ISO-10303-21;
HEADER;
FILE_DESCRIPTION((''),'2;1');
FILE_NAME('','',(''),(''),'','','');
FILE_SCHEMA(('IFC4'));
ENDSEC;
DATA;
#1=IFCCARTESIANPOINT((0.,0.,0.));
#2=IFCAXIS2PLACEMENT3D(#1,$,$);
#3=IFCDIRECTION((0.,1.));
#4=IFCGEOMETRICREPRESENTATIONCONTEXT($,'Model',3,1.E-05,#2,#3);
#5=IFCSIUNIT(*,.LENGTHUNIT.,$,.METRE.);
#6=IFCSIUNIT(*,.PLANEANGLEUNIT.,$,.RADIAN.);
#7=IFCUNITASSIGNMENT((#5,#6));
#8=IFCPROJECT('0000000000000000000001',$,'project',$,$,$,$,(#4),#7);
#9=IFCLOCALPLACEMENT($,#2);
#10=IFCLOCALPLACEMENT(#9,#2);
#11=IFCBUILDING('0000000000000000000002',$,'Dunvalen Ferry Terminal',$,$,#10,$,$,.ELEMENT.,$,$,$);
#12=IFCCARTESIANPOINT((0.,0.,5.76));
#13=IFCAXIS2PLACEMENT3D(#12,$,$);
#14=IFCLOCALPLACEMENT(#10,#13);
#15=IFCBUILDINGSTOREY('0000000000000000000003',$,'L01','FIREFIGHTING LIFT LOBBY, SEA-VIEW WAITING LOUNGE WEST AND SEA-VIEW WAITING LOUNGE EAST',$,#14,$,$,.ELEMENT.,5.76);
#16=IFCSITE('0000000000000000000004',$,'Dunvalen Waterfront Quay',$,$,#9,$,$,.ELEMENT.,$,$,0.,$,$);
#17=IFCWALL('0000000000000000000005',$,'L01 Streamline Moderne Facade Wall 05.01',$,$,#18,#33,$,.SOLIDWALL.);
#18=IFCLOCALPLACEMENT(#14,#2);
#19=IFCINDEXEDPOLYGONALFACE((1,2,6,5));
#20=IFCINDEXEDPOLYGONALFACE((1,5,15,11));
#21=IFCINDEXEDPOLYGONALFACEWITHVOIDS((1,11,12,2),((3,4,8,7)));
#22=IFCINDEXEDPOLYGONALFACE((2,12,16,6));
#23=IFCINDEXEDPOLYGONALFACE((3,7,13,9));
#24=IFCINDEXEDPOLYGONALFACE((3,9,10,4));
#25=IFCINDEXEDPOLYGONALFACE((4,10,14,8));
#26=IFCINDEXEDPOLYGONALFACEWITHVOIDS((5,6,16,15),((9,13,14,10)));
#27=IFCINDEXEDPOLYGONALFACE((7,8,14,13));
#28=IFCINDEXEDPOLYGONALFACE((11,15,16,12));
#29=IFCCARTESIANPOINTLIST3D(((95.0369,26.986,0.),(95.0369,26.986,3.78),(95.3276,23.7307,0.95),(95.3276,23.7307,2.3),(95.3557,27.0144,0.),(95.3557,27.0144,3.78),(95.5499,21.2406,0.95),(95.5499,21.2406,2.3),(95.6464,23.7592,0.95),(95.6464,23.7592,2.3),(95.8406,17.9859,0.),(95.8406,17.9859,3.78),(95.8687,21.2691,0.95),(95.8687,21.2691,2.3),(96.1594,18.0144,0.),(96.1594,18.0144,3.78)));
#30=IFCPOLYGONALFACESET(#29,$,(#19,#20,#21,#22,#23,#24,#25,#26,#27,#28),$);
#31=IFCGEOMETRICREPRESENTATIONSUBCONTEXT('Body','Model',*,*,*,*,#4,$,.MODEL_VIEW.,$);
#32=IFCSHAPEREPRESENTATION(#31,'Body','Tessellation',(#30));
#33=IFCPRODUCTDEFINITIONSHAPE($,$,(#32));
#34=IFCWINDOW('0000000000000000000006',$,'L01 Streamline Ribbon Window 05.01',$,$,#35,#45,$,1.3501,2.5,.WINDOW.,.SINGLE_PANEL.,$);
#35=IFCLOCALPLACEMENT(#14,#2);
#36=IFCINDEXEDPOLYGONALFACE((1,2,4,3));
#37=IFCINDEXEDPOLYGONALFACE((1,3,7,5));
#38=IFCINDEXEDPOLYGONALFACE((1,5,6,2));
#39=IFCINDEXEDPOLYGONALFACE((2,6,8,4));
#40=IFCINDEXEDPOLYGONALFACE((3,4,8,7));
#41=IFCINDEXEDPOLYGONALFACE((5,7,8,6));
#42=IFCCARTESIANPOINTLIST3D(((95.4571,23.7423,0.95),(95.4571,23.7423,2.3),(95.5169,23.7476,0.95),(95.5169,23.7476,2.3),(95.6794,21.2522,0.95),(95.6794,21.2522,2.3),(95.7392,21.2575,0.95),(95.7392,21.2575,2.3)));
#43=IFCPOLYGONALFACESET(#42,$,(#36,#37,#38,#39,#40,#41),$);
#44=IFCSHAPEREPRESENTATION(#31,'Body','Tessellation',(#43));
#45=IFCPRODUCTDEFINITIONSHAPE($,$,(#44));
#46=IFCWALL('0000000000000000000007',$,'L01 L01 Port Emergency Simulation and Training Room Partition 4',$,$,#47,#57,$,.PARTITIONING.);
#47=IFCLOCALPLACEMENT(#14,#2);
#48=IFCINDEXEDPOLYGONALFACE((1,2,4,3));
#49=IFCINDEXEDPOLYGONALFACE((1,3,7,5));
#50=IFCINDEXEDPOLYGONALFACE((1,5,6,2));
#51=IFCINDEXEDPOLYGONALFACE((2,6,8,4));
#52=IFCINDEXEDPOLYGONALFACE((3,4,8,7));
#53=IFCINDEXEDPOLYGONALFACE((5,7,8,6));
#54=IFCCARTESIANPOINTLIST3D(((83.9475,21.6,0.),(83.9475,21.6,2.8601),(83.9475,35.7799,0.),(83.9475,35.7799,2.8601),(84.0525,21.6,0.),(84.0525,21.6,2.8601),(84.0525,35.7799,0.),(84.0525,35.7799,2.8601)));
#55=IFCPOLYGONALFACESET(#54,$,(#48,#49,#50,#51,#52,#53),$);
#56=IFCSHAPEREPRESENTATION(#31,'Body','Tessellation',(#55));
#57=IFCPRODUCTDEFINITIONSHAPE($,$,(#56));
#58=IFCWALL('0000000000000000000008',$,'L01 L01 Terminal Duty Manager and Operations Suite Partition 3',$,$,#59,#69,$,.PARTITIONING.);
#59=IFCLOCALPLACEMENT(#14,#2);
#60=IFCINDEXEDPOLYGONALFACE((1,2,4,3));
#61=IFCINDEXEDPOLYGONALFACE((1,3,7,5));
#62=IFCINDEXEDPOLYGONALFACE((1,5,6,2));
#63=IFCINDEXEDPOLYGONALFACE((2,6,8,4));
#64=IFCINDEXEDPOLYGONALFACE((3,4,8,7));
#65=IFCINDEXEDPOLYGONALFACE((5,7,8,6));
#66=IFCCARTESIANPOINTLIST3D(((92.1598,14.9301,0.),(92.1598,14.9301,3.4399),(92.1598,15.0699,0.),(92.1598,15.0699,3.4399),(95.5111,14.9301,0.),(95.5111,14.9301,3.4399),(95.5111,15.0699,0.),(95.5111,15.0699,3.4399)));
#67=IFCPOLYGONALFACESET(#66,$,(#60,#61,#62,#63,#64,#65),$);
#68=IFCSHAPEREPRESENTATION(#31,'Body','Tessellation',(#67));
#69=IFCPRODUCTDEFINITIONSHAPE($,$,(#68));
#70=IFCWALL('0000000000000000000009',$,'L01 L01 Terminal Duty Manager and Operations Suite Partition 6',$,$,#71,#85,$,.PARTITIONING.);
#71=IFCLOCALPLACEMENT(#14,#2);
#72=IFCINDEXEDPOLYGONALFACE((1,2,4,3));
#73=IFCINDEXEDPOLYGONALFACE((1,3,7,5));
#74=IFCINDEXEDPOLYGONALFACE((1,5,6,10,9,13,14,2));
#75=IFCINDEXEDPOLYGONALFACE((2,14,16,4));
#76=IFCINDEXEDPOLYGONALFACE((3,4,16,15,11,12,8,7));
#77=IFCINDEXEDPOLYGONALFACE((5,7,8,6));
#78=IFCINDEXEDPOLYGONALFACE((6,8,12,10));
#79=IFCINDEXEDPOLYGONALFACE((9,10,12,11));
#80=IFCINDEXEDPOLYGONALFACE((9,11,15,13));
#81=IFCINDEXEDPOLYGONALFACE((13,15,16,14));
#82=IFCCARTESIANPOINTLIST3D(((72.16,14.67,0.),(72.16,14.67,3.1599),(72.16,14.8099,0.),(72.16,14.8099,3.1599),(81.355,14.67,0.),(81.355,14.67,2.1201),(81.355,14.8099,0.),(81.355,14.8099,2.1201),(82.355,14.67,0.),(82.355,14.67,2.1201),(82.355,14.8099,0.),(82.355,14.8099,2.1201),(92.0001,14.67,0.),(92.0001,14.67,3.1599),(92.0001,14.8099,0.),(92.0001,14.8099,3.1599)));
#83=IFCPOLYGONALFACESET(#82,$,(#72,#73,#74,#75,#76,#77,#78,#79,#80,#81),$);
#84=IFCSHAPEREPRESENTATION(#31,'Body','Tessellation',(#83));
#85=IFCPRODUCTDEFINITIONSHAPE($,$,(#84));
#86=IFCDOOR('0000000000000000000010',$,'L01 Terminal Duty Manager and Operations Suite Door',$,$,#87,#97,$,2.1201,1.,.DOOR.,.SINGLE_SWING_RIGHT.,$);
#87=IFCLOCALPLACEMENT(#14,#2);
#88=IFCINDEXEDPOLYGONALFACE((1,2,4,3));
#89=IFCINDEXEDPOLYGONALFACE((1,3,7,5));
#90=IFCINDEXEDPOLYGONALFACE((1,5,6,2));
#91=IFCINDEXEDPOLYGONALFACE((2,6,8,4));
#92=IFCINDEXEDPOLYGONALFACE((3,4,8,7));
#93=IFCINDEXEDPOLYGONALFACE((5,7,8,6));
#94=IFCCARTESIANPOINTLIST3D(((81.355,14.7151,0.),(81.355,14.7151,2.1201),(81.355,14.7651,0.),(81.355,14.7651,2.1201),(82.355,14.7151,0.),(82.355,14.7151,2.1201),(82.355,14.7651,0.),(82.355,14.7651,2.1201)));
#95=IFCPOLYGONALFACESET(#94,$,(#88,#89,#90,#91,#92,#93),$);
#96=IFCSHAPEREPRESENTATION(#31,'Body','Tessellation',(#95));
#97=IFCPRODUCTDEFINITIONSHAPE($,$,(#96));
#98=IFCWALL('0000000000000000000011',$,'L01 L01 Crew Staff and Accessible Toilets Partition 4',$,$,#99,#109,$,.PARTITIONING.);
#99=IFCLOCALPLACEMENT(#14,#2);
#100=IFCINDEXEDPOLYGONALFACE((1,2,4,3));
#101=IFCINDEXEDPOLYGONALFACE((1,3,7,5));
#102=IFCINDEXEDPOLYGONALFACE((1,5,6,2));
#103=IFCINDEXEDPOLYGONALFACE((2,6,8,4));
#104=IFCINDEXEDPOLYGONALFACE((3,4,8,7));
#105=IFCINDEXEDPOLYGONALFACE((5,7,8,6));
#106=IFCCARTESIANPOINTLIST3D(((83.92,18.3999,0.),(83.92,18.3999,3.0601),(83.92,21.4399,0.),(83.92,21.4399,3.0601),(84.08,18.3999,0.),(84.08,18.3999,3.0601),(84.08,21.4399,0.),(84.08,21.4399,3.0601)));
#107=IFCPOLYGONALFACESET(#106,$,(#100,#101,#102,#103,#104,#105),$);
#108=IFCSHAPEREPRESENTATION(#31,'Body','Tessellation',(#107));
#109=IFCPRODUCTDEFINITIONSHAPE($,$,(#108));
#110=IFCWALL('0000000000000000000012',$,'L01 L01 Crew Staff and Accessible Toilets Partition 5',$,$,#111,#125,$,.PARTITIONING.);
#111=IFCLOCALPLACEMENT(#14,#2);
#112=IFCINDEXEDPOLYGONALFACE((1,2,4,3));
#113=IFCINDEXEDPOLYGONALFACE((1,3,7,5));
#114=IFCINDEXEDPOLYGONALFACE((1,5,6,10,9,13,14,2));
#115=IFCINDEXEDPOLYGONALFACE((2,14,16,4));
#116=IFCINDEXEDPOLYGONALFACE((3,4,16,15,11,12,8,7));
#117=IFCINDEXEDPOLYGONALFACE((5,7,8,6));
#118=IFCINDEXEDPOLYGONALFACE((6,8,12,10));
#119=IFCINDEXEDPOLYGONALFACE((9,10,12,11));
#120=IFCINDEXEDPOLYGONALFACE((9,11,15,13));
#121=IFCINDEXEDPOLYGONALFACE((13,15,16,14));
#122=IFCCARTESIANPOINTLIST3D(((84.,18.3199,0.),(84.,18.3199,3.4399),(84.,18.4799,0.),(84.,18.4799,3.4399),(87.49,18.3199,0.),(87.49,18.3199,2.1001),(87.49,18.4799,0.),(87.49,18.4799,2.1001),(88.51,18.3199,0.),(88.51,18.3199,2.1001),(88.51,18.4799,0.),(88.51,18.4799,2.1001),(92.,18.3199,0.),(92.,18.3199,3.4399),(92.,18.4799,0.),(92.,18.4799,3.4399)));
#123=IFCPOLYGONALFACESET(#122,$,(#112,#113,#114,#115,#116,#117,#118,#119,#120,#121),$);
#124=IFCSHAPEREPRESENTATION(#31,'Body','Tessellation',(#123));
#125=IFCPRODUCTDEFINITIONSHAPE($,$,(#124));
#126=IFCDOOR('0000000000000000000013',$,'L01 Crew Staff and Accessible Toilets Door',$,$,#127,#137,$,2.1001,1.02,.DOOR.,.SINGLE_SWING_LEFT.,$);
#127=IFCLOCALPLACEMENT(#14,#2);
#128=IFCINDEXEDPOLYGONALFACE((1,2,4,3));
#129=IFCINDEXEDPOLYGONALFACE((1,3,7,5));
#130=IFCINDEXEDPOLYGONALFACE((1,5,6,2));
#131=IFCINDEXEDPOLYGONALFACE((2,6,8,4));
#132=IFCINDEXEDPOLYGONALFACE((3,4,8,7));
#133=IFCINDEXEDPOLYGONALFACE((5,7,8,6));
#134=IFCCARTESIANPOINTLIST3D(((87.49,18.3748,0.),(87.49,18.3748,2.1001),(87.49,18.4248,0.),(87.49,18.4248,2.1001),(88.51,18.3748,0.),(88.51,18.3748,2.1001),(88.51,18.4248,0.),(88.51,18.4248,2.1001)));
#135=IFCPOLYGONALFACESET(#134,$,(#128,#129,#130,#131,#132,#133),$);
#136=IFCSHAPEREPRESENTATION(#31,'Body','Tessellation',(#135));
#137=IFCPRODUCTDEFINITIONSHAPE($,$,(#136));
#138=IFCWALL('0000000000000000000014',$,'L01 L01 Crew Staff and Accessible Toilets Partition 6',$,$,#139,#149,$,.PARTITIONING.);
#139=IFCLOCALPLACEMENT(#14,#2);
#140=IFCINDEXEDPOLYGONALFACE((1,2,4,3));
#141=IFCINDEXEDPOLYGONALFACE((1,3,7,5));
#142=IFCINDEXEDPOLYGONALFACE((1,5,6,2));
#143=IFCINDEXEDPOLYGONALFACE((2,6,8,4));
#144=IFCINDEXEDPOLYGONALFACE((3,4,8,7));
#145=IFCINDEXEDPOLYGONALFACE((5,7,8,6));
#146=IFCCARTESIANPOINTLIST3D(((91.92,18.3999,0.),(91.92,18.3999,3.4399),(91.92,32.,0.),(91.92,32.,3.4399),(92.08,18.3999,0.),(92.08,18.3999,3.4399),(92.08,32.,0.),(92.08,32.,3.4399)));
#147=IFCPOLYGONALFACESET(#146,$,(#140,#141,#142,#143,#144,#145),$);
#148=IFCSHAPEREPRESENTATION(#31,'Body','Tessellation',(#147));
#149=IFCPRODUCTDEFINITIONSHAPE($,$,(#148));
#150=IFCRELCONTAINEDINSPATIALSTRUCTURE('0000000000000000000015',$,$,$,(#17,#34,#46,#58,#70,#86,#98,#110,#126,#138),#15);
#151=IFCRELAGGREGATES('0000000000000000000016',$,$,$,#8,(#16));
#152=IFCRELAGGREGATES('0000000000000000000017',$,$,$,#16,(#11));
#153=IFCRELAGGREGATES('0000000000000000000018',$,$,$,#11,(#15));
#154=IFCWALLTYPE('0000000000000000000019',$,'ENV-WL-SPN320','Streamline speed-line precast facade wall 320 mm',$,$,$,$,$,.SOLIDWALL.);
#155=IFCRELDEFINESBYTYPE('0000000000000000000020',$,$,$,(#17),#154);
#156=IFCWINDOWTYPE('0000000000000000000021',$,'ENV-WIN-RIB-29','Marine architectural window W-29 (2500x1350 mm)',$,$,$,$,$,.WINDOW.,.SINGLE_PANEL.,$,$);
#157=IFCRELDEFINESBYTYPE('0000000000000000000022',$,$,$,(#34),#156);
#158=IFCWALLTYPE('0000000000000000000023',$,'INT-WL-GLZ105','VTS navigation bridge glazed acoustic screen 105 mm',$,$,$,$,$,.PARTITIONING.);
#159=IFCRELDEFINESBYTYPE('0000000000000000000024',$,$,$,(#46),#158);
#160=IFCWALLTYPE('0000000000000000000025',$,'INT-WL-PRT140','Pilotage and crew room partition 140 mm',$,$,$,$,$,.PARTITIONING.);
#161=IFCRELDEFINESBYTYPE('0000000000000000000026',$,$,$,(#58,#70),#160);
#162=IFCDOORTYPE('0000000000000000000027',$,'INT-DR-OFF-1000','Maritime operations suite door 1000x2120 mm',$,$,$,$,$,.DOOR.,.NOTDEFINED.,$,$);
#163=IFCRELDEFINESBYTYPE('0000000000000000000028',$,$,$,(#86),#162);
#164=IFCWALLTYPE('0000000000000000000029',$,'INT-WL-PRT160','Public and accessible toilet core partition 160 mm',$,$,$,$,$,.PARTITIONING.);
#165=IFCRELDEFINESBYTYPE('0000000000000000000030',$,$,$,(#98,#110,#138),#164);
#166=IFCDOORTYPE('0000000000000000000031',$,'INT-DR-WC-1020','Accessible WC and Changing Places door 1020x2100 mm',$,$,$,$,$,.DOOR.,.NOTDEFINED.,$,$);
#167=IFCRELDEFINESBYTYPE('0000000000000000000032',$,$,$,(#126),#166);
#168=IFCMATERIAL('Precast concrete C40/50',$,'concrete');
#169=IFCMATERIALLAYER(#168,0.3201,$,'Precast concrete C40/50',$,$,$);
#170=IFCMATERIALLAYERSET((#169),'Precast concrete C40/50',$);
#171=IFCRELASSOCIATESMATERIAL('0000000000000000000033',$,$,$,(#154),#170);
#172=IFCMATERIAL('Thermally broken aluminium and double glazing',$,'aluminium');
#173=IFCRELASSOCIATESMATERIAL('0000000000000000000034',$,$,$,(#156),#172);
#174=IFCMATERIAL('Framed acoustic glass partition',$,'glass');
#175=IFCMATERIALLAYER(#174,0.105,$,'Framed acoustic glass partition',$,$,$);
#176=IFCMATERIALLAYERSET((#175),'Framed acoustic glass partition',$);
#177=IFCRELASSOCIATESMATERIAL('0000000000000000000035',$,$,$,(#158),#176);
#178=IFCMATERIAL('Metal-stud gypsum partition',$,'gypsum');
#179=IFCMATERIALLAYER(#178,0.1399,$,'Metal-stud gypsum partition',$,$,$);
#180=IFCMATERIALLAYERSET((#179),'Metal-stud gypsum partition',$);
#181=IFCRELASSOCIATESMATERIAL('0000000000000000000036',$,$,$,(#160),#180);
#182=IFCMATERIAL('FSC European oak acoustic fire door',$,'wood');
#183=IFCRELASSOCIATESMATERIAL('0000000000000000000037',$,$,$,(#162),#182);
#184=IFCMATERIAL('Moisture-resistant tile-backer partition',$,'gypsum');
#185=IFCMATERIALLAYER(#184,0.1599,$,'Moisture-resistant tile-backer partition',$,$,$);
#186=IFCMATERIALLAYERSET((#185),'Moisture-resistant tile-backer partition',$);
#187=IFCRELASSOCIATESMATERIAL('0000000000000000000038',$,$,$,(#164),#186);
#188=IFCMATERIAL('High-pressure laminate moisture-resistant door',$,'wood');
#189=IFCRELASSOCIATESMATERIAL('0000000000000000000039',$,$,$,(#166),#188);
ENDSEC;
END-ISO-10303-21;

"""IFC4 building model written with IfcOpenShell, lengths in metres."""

from ifc_helpers import new_model, si_unit, direction, frame, frame_2d, origin, place, context, subcontext, project, spatial, rectangle, extrude, material, layer, layer_set, type_object, element, fill, save


model = new_model("IFC4")

# Units and contexts
model_context = context("Model", 3, precision=1e-05, world=origin(), true_north=direction((0.0, 1.0)))
body_context = subcontext(model_context, "Body", "Model", "MODEL_VIEW")
ifc_project = project(units=[si_unit("LENGTHUNIT", "METRE"), si_unit("PLANEANGLEUNIT", "RADIAN")], contexts=[model_context])

# Site, building, storey
site_placement = place(None, origin())
site = spatial("IfcSite", under=ifc_project, at=site_placement, Name="Dunvalen Waterfront Quay", CompositionType="ELEMENT", RefElevation=0.0)
building_placement = place(site_placement, origin())
building = spatial("IfcBuilding", under=site, at=building_placement, Name="Dunvalen Ferry Terminal", CompositionType="ELEMENT")
storey_placement = place(building_placement, frame((0.0, 0.0, 5.76)))
storey = spatial("IfcBuildingStorey", under=building, at=storey_placement, Name="L01", Description="FIREFIGHTING LIFT LOBBY, SEA-VIEW WAITING LOUNGE WEST AND SEA-VIEW WAITING LOUNGE EAST", CompositionType="ELEMENT", Elevation=5.76)

# Wall, opening, window
ifc_material_1 = material(Name="Precast concrete C40/50", Category="concrete")
ifc_layer_1 = layer(ifc_material_1, 0.3201, Name="Precast concrete C40/50")
ifc_layer_set_1 = layer_set([ifc_layer_1], Name="Precast concrete C40/50")
wall_type_1 = type_object("IfcWallType", Name="ENV-WL-SPN320", Description="Streamline speed-line precast facade wall 320 mm", PredefinedType="SOLIDWALL", material=ifc_layer_set_1)
wall_1_placement = place(storey_placement, frame((96.0, 18.0, 0.0), z_axis=(0.0, 0.0, 1.0), x_axis=(-0.088947, 0.996036, 0.0)))
wall_1 = element("IfcWall", 1, at=wall_1_placement, inside=storey, type_object=wall_type_1, Name="L01 Streamline Moderne Facade Wall 05.01", PredefinedType="SOLIDWALL", context=body_context, shape_type="SweptSolid", body=[
    extrude(rectangle(XDim=9.0359, YDim=0.3201, at=frame_2d((4.5181, 0.0))), origin(), (0.0, 0.0, 1.0), 3.78),
])
opening_1_placement = place(wall_1_placement, frame((3.2678, 0.0, 0.95)))
opening_1 = element("IfcOpeningElement", 2, at=opening_1_placement, cuts=wall_1, PredefinedType="OPENING", context=body_context, shape_type="SweptSolid", body=[
    extrude(rectangle(XDim=2.5, YDim=1.3501, at=frame_2d((1.25, 0.675))), frame((0.0, 0.1699, 0.0), z_axis=(0.0, -1.0, 0.0), x_axis=(1.0, 0.0, 0.0)), (0.0, 0.0, 1.0), 0.3401),
])
ifc_material_2 = material(Name="Thermally broken aluminium and double glazing", Category="aluminium")
window_type = type_object("IfcWindowType", Name="ENV-WIN-RIB-29", Description="Marine architectural window W-29 (2500x1350 mm)", PartitioningType="SINGLE_PANEL", PredefinedType="WINDOW", material=ifc_material_2)
window_placement = place(opening_1_placement, origin())
window = element("IfcWindow", 3, at=window_placement, inside=storey, type_object=window_type, Name="L01 Streamline Ribbon Window 05.01", OverallHeight=1.3501, OverallWidth=2.5, PartitioningType="SINGLE_PANEL", PredefinedType="WINDOW", context=body_context, shape_type="SweptSolid", body=[
    extrude(rectangle(XDim=2.5, YDim=1.3501, at=frame_2d((1.25, 0.675))), frame((0.0, 0.03, 0.0), z_axis=(0.0, -1.0, 0.0), x_axis=(1.0, 0.0, 0.0)), (0.0, 0.0, 1.0), 0.0601),
])
fill(opening_1, window)

# Walls
ifc_material_3 = material(Name="Framed acoustic glass partition", Category="glass")
ifc_layer_2 = layer(ifc_material_3, 0.105, Name="Framed acoustic glass partition")
ifc_layer_set_2 = layer_set([ifc_layer_2], Name="Framed acoustic glass partition")
wall_type_2 = type_object("IfcWallType", Name="INT-WL-GLZ105", Description="VTS navigation bridge glazed acoustic screen 105 mm", PredefinedType="PARTITIONING", material=ifc_layer_set_2)
wall_2_placement = place(storey_placement, frame((84.0, 21.6001, 0.0), z_axis=(0.0, 0.0, 1.0), x_axis=(0.0, 1.0, 0.0)))
element("IfcWall", 4, at=wall_2_placement, inside=storey, type_object=wall_type_2, Name="L01 L01 Port Emergency Simulation and Training Room Partition 4", PredefinedType="PARTITIONING", context=body_context, shape_type="SweptSolid", body=[
    extrude(rectangle(XDim=14.1799, YDim=0.105, at=frame_2d((7.0898, 0.0))), origin(), (0.0, 0.0, 1.0), 2.8601),
])
ifc_material_4 = material(Name="Metal-stud gypsum partition", Category="gypsum")
ifc_layer_3 = layer(ifc_material_4, 0.1399, Name="Metal-stud gypsum partition")
ifc_layer_set_3 = layer_set([ifc_layer_3], Name="Metal-stud gypsum partition")
wall_type_3 = type_object("IfcWallType", Name="INT-WL-PRT140", Description="Pilotage and crew room partition 140 mm", PredefinedType="PARTITIONING", material=ifc_layer_set_3)
wall_3_placement = place(storey_placement, frame((95.5112, 15.0, 0.0), z_axis=(0.0, 0.0, 1.0), x_axis=(-1.0, 0.0, 0.0)))
element("IfcWall", 5, at=wall_3_placement, inside=storey, type_object=wall_type_3, Name="L01 L01 Terminal Duty Manager and Operations Suite Partition 3", PredefinedType="PARTITIONING", context=body_context, shape_type="SweptSolid", body=[
    extrude(rectangle(XDim=3.3513, YDim=0.1399, at=frame_2d((1.6758, 0.0))), origin(), (0.0, 0.0, 1.0), 3.4399),
])

# Wall, opening, door
wall_4_placement = place(storey_placement, frame((92.0, 14.74, 0.0), z_axis=(0.0, 0.0, 1.0), x_axis=(-1.0, 0.0, 0.0)))
wall_4 = element("IfcWall", 6, at=wall_4_placement, inside=storey, type_object=wall_type_3, Name="L01 L01 Terminal Duty Manager and Operations Suite Partition 6", PredefinedType="PARTITIONING", context=body_context, shape_type="SweptSolid", body=[
    extrude(rectangle(XDim=19.8401, YDim=0.1399, at=frame_2d((9.9199, 0.0))), origin(), (0.0, 0.0, 1.0), 3.1599),
])
opening_2_placement = place(wall_4_placement, frame((9.645, 0.0, 0.0)))
opening_2 = element("IfcOpeningElement", 7, at=opening_2_placement, cuts=wall_4, PredefinedType="OPENING", context=body_context, shape_type="SweptSolid", body=[
    extrude(rectangle(XDim=1.0, YDim=2.1201, at=frame_2d((0.5, 1.0601))), frame((0.0, 0.0801, 0.0), z_axis=(0.0, -1.0, 0.0), x_axis=(1.0, 0.0, 0.0)), (0.0, 0.0, 1.0), 0.1599),
])
ifc_material_5 = material(Name="FSC European oak acoustic fire door", Category="wood")
door_type_1 = type_object("IfcDoorType", Name="INT-DR-OFF-1000", Description="Maritime operations suite door 1000x2120 mm", OperationType="NOTDEFINED", PredefinedType="DOOR", material=ifc_material_5)
door_1_placement = place(opening_2_placement, origin())
door_1 = element("IfcDoor", 8, at=door_1_placement, inside=storey, type_object=door_type_1, Name="L01 Terminal Duty Manager and Operations Suite Door", OperationType="SINGLE_SWING_RIGHT", OverallHeight=2.1201, OverallWidth=1.0, PredefinedType="DOOR", context=body_context, shape_type="SweptSolid", body=[
    extrude(rectangle(XDim=1.0, YDim=2.1201, at=frame_2d((0.5, 1.0601))), frame((0.0, 0.0249, 0.0), z_axis=(0.0, -1.0, 0.0), x_axis=(1.0, 0.0, 0.0)), (0.0, 0.0, 1.0), 0.05),
])
fill(opening_2, door_1)

# Wall
ifc_material_6 = material(Name="Moisture-resistant tile-backer partition", Category="gypsum")
ifc_layer_4 = layer(ifc_material_6, 0.1599, Name="Moisture-resistant tile-backer partition")
ifc_layer_set_4 = layer_set([ifc_layer_4], Name="Moisture-resistant tile-backer partition")
wall_type_4 = type_object("IfcWallType", Name="INT-WL-PRT160", Description="Public and accessible toilet core partition 160 mm", PredefinedType="PARTITIONING", material=ifc_layer_set_4)
wall_5_placement = place(storey_placement, frame((84.0, 21.4399, 0.0), z_axis=(0.0, 0.0, 1.0), x_axis=(0.0, -1.0, 0.0)))
element("IfcWall", 9, at=wall_5_placement, inside=storey, type_object=wall_type_4, Name="L01 L01 Crew Staff and Accessible Toilets Partition 4", PredefinedType="PARTITIONING", context=body_context, shape_type="SweptSolid", body=[
    extrude(rectangle(XDim=3.04, YDim=0.1599, at=frame_2d((1.52, 0.0))), origin(), (0.0, 0.0, 1.0), 3.0601),
])

# Wall, opening, door
wall_6_placement = place(storey_placement, frame((84.0, 18.3999, 0.0), z_axis=(0.0, 0.0, 1.0), x_axis=(1.0, 0.0, 0.0)))
wall_6 = element("IfcWall", 10, at=wall_6_placement, inside=storey, type_object=wall_type_4, Name="L01 L01 Crew Staff and Accessible Toilets Partition 5", PredefinedType="PARTITIONING", context=body_context, shape_type="SweptSolid", body=[
    extrude(rectangle(XDim=8.0, YDim=0.1599, at=frame_2d((4.0, 0.0))), origin(), (0.0, 0.0, 1.0), 3.4399),
])
opening_3_placement = place(wall_6_placement, frame((3.49, 0.0, 0.0)))
opening_3 = element("IfcOpeningElement", 11, at=opening_3_placement, cuts=wall_6, PredefinedType="OPENING", context=body_context, shape_type="SweptSolid", body=[
    extrude(rectangle(XDim=1.02, YDim=2.1001, at=frame_2d((0.51, 1.05))), frame((0.0, 0.0898, 0.0), z_axis=(0.0, -1.0, 0.0), x_axis=(1.0, 0.0, 0.0)), (0.0, 0.0, 1.0), 0.1799),
])
ifc_material_7 = material(Name="High-pressure laminate moisture-resistant door", Category="wood")
door_type_2 = type_object("IfcDoorType", Name="INT-DR-WC-1020", Description="Accessible WC and Changing Places door 1020x2100 mm", OperationType="NOTDEFINED", PredefinedType="DOOR", material=ifc_material_7)
door_2_placement = place(opening_3_placement, origin())
door_2 = element("IfcDoor", 12, at=door_2_placement, inside=storey, type_object=door_type_2, Name="L01 Crew Staff and Accessible Toilets Door", OperationType="SINGLE_SWING_LEFT", OverallHeight=2.1001, OverallWidth=1.02, PredefinedType="DOOR", context=body_context, shape_type="SweptSolid", body=[
    extrude(rectangle(XDim=1.02, YDim=2.1001, at=frame_2d((0.51, 1.05))), frame((0.0, 0.0249, 0.0), z_axis=(0.0, -1.0, 0.0), x_axis=(1.0, 0.0, 0.0)), (0.0, 0.0, 1.0), 0.05),
])
fill(opening_3, door_2)

# Wall
wall_7_placement = place(storey_placement, frame((92.0, 18.3999, 0.0), z_axis=(0.0, 0.0, 1.0), x_axis=(0.0, 1.0, 0.0)))
element("IfcWall", 13, at=wall_7_placement, inside=storey, type_object=wall_type_4, Name="L01 L01 Crew Staff and Accessible Toilets Partition 6", PredefinedType="PARTITIONING", context=body_context, shape_type="SweptSolid", body=[
    extrude(rectangle(XDim=13.6001, YDim=0.1599, at=frame_2d((6.8, 0.0))), origin(), (0.0, 0.0, 1.0), 3.4399),
])

save(model, "model.ifc")
